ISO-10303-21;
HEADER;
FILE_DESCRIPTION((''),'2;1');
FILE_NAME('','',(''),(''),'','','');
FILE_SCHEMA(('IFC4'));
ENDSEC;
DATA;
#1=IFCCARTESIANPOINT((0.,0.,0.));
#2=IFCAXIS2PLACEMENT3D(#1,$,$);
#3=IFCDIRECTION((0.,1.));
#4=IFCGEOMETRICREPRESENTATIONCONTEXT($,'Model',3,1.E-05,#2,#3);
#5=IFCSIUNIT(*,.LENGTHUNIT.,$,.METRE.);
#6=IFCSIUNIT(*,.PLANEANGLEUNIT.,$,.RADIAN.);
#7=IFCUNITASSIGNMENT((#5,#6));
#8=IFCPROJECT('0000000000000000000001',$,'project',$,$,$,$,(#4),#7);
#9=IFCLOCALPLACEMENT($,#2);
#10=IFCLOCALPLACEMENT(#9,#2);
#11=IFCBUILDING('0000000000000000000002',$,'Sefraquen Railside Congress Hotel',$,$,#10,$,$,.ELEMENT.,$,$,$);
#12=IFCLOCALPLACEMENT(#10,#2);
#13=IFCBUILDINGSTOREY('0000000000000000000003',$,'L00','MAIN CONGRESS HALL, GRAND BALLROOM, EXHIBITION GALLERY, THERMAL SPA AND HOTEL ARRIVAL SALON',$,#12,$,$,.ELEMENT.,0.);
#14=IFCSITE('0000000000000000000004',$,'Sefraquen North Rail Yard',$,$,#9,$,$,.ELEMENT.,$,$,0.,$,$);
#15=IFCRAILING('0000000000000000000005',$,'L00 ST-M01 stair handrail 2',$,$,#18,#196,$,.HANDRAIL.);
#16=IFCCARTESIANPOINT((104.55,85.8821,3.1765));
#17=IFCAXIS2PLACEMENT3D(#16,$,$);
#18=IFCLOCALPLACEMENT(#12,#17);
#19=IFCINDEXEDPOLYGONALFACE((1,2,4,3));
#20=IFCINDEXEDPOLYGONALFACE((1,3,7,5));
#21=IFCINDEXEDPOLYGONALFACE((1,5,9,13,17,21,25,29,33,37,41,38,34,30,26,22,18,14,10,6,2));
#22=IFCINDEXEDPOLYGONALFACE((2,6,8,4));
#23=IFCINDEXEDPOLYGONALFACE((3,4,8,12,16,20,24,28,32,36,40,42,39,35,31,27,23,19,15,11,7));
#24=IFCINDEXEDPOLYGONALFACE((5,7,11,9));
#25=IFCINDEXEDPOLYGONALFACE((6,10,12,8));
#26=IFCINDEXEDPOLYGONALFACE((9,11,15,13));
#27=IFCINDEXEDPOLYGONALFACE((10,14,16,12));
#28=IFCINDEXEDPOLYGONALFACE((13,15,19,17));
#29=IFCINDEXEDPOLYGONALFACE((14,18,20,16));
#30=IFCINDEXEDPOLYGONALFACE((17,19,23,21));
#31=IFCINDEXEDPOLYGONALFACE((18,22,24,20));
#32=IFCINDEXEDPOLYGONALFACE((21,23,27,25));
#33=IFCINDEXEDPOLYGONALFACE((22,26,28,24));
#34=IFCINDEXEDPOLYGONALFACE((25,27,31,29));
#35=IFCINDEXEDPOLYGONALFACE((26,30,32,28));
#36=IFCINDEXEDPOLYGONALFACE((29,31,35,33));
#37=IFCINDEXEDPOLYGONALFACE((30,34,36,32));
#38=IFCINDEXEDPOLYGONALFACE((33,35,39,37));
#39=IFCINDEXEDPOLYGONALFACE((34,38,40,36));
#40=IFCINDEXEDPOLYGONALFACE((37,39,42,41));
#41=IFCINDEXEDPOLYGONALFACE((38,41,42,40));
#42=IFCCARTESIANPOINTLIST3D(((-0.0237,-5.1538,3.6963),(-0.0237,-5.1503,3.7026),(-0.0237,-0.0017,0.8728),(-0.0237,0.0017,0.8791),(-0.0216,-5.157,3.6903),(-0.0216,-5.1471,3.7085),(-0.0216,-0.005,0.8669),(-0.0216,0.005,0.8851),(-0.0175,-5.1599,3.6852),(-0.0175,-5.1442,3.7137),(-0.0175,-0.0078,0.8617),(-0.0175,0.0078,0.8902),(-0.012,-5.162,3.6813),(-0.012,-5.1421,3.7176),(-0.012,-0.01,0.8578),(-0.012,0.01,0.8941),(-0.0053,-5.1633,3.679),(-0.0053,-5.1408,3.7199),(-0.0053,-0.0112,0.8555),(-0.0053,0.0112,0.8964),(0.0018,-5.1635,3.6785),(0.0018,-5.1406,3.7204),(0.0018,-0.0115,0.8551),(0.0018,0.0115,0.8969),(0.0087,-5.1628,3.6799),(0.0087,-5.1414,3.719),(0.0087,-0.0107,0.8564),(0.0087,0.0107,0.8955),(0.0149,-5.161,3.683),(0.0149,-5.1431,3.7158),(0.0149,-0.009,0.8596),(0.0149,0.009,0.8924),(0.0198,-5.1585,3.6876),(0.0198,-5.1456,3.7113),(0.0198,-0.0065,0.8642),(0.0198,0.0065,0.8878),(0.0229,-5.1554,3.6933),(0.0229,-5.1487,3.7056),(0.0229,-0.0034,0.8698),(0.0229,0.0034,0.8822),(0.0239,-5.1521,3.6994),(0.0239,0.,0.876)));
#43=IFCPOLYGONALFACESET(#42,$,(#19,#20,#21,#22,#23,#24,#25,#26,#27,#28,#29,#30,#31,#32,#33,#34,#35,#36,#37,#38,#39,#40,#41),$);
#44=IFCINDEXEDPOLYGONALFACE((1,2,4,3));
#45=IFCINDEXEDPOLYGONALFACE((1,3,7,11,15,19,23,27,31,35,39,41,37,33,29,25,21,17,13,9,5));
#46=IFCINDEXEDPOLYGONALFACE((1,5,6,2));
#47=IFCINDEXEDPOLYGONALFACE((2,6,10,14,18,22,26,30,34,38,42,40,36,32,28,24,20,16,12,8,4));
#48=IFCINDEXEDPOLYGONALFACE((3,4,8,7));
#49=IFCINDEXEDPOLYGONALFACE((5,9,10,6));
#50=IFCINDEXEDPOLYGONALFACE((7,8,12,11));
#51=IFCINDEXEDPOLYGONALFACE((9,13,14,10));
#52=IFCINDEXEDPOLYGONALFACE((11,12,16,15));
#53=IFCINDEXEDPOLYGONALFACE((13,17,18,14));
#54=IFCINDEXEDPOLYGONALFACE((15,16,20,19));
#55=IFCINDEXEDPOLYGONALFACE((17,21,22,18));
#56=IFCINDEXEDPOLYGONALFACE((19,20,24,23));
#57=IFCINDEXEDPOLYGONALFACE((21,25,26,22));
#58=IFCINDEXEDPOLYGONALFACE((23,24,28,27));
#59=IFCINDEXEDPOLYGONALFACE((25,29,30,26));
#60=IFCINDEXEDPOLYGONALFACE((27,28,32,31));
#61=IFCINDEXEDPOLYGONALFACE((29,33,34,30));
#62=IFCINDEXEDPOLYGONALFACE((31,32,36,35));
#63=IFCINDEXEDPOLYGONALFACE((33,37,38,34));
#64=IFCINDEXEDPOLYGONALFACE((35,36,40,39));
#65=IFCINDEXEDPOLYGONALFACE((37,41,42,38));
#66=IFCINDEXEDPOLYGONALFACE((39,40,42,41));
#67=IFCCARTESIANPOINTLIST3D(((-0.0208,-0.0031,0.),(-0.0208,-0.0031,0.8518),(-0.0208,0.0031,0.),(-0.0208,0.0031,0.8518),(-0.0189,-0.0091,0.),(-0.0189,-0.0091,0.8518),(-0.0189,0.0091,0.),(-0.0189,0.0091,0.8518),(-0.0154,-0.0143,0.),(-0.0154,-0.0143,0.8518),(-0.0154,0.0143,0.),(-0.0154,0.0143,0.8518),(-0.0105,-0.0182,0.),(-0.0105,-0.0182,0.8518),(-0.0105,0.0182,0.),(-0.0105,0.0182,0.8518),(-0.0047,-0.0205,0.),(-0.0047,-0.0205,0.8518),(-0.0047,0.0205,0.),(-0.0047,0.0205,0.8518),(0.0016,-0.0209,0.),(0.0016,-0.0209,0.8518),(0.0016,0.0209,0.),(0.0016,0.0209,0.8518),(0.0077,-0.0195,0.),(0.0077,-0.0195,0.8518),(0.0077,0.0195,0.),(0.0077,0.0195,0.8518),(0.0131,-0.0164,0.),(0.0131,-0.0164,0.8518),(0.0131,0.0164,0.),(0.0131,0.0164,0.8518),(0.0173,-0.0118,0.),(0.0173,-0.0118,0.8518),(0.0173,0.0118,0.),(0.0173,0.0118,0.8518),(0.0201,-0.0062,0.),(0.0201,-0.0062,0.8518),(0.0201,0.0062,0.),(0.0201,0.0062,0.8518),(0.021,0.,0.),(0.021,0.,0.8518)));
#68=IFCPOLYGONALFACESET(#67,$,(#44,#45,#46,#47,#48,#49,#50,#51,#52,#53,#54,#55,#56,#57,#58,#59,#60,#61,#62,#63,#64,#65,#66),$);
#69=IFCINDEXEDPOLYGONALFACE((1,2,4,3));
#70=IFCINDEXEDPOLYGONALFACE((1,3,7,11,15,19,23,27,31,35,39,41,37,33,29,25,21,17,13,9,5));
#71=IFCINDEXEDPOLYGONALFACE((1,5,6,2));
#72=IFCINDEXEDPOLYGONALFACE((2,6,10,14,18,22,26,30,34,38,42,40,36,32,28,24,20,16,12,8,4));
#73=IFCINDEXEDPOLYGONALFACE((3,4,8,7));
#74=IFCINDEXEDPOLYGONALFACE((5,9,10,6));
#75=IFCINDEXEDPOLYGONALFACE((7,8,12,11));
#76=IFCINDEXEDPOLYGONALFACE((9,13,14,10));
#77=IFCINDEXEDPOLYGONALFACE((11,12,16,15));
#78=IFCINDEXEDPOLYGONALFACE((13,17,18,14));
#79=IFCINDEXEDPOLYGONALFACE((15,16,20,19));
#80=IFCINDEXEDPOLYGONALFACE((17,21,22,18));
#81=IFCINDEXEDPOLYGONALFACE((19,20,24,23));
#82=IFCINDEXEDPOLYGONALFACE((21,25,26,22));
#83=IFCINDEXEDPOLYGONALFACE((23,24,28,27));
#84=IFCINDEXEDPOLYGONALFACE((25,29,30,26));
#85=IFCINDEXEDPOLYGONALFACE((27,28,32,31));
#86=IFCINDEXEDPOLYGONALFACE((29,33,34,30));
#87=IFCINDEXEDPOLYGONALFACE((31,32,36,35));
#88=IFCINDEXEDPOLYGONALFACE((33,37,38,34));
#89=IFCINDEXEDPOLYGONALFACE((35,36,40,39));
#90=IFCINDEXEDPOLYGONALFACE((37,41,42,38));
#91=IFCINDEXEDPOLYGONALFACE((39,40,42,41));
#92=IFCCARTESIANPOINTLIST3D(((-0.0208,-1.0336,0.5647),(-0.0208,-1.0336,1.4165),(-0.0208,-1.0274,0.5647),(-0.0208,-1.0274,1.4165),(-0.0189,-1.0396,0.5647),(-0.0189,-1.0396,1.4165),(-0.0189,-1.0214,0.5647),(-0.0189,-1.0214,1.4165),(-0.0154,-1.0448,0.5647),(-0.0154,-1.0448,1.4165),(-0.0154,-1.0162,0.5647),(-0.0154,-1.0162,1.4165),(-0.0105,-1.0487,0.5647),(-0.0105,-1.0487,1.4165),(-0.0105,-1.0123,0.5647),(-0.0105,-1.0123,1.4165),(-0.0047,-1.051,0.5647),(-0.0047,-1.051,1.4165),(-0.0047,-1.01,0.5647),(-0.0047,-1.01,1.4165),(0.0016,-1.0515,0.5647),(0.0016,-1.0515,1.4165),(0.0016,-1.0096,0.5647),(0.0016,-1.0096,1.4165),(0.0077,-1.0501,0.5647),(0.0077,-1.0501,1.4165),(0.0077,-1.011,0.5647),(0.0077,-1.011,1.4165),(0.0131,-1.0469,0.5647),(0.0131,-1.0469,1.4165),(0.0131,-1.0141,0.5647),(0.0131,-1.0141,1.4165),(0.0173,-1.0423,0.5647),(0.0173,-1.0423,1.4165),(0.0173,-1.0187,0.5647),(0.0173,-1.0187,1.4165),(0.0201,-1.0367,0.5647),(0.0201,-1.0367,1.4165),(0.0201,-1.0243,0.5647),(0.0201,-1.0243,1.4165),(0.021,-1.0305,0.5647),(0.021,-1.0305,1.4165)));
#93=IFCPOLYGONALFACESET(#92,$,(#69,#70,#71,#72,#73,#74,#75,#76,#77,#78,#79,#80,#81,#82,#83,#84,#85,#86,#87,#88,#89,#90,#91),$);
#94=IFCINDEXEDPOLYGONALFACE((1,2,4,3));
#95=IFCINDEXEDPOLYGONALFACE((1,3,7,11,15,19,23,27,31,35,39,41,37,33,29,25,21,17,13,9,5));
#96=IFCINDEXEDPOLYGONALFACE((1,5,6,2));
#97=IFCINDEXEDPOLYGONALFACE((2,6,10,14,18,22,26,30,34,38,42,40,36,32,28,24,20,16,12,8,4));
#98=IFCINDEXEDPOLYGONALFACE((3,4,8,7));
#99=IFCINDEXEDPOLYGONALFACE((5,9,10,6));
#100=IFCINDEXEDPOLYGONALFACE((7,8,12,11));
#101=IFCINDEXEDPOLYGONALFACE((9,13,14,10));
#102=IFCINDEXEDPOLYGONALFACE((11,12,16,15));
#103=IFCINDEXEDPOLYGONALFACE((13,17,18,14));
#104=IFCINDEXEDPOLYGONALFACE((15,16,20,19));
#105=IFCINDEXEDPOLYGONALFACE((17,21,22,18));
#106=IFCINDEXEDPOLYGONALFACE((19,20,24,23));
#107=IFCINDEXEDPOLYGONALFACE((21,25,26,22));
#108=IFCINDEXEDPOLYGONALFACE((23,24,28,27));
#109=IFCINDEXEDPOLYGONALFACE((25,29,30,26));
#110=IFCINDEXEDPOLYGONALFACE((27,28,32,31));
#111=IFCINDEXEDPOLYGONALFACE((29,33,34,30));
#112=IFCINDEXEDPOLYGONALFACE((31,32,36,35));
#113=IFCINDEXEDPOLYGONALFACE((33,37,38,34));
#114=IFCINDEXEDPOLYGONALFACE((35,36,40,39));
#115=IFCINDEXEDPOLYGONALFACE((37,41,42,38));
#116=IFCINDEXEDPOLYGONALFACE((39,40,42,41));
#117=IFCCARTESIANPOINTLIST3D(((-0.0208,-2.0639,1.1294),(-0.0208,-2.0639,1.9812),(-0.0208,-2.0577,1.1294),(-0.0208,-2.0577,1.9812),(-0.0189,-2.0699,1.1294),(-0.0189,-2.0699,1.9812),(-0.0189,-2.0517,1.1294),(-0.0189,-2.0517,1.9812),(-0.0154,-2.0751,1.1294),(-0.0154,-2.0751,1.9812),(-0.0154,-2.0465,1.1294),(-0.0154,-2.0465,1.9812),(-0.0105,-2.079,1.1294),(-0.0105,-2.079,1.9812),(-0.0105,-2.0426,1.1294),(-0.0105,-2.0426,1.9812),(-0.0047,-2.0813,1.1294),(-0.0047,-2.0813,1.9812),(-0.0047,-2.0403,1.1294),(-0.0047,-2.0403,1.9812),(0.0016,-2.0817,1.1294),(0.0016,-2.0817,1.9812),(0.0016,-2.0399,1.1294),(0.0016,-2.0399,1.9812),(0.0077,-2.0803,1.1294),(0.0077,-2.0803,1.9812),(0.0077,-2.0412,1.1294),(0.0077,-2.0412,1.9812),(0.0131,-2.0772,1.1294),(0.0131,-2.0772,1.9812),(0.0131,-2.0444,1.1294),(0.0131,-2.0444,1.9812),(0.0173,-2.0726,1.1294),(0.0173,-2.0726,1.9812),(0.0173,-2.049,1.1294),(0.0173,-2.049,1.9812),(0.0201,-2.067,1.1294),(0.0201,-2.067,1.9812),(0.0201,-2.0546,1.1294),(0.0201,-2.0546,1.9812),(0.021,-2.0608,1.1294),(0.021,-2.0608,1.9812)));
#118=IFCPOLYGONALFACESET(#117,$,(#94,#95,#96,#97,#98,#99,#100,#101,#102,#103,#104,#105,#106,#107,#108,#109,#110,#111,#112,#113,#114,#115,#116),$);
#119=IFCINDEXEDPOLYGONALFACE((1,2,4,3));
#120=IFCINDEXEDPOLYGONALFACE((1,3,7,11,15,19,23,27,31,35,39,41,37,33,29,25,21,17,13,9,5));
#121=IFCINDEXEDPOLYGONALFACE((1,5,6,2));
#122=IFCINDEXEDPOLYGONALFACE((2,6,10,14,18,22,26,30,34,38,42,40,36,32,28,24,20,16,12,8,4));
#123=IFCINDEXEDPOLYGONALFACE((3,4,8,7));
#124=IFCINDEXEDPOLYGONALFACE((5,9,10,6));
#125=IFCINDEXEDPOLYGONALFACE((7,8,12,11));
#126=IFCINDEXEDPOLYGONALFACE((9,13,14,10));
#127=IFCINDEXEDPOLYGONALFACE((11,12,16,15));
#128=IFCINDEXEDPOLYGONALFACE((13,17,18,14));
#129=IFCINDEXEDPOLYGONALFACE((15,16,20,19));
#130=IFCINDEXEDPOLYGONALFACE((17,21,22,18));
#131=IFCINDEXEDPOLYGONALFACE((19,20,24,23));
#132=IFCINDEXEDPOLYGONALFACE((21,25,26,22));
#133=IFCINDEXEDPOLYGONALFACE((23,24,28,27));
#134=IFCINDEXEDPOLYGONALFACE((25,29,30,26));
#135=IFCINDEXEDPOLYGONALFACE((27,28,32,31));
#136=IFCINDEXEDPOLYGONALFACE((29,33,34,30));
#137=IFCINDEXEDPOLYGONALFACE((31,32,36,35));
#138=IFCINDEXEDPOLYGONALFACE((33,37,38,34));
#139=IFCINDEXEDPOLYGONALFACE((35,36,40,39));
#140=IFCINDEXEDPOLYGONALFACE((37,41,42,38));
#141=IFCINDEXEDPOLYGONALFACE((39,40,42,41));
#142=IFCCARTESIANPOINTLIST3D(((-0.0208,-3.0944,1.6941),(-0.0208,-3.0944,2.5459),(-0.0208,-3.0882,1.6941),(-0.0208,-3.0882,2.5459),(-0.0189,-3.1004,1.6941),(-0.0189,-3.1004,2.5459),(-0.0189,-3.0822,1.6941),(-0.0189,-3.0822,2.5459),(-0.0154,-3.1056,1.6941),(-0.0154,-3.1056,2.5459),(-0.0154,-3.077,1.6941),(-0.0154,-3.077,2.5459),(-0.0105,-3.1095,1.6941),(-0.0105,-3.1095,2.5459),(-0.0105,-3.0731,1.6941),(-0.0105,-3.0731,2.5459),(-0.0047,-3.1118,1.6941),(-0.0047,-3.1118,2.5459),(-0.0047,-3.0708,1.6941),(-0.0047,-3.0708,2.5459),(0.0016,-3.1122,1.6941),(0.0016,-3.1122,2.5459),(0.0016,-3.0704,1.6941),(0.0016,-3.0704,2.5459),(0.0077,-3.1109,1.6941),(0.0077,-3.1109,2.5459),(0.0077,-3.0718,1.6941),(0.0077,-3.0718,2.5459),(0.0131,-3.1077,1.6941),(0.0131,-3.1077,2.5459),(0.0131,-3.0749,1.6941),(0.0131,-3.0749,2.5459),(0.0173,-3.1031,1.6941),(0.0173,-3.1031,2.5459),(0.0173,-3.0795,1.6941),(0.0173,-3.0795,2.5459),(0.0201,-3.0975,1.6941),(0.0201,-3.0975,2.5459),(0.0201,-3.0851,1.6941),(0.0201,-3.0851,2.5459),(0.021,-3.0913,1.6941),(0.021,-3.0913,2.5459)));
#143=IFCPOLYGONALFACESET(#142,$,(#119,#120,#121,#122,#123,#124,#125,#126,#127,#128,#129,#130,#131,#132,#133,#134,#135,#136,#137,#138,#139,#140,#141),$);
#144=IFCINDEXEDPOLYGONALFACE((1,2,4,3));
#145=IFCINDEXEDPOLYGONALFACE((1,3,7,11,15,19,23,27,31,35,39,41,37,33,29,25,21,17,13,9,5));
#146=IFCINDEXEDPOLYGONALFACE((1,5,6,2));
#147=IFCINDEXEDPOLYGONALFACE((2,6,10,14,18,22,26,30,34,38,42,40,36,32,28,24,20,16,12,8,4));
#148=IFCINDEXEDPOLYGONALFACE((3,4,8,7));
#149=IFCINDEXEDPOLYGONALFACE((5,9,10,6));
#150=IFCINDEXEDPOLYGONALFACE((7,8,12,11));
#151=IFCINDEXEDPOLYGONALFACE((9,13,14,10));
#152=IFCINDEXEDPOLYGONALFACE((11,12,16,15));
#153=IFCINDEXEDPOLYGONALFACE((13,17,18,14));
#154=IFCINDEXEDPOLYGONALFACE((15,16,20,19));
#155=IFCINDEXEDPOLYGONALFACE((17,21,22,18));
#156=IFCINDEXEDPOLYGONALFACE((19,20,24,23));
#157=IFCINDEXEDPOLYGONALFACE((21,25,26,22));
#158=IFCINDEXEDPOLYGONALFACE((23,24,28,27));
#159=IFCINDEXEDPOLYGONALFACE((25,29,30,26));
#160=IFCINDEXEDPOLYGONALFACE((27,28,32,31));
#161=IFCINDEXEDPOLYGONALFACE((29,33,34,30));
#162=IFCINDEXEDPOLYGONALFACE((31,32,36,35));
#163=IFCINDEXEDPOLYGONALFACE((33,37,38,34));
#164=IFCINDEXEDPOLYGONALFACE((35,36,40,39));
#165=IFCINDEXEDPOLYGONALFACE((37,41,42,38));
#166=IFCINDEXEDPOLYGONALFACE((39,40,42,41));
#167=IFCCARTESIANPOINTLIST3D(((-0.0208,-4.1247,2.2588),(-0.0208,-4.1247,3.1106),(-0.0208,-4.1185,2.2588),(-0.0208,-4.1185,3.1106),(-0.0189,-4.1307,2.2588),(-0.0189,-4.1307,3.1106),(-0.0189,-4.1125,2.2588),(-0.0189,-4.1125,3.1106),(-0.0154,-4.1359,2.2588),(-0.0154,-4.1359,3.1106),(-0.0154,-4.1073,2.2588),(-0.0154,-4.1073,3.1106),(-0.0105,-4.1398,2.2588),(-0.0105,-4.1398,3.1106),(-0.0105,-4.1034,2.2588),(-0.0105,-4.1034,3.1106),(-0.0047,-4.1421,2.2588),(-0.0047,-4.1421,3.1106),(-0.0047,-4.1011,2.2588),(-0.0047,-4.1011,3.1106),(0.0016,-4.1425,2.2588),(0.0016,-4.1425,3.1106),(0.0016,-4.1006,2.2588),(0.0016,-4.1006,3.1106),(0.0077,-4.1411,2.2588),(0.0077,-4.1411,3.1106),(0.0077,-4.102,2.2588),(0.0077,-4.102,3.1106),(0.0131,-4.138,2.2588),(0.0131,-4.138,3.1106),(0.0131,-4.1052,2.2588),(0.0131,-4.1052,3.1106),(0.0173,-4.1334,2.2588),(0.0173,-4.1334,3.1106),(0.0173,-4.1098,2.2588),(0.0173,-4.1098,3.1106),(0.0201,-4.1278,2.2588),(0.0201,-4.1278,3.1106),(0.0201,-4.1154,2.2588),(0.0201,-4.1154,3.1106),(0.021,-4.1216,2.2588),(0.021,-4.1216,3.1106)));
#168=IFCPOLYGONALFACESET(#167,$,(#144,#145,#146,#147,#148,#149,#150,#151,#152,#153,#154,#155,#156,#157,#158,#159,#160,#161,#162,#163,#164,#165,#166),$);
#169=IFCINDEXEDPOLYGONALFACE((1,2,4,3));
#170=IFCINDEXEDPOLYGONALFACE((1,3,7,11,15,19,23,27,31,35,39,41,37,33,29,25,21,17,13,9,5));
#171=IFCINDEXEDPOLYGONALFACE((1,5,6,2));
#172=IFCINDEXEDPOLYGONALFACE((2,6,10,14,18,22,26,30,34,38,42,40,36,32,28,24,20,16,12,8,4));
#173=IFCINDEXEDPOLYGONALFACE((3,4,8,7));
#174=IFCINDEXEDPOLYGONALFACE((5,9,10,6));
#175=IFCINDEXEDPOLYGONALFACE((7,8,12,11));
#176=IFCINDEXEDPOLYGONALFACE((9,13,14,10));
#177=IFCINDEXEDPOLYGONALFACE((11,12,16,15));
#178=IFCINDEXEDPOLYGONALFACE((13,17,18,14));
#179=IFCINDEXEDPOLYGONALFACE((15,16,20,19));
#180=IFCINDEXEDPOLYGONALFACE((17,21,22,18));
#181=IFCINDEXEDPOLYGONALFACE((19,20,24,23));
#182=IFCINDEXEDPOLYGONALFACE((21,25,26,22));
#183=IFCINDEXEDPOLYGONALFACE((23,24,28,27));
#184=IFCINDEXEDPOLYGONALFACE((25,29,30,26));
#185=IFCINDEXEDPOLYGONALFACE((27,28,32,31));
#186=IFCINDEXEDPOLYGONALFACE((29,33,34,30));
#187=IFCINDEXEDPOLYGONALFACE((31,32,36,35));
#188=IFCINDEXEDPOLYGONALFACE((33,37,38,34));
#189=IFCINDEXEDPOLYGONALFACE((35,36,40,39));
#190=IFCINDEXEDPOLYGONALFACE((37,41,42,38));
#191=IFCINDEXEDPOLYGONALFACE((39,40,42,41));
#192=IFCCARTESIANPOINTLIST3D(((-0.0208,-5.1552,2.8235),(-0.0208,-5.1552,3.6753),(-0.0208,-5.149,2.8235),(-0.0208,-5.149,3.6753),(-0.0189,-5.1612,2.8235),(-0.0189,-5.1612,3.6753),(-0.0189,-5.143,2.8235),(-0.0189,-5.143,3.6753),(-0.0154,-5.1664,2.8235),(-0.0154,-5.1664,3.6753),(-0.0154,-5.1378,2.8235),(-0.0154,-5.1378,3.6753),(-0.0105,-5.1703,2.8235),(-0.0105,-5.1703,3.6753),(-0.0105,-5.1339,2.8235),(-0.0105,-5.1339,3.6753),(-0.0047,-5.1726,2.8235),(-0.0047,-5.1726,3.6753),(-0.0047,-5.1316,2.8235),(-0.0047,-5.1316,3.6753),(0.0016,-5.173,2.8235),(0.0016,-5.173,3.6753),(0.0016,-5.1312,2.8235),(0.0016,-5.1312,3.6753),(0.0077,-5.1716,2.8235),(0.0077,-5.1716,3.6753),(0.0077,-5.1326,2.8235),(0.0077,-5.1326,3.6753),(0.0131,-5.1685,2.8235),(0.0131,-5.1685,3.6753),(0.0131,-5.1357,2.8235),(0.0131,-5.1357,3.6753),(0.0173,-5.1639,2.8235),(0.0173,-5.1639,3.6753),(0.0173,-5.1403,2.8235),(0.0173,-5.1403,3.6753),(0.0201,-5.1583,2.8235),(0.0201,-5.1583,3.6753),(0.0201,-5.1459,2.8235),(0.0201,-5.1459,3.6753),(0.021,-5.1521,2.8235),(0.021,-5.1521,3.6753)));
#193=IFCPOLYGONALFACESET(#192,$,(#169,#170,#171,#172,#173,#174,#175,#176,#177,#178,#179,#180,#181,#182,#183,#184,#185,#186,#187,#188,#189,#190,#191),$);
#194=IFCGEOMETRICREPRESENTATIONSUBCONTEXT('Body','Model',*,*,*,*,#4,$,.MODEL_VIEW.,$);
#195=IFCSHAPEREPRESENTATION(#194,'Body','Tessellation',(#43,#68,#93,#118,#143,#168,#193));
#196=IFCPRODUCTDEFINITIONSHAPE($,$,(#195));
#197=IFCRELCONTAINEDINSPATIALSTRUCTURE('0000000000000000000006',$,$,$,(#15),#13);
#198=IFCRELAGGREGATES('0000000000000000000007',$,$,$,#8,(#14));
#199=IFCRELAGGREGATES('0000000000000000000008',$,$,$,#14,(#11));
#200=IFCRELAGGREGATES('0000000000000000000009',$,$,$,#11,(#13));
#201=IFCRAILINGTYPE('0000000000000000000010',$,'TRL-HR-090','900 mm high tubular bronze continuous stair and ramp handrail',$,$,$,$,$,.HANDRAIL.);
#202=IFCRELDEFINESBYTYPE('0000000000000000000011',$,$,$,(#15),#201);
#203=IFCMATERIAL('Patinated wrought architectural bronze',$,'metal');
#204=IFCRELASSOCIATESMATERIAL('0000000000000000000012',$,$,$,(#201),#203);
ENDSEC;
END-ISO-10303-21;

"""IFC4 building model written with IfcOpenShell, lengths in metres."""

from ifc_helpers import new_model, si_unit, direction, frame, origin, origin_2d, place, context, subcontext, project, spatial, circle, extrude, material, type_object, element, save


model = new_model("IFC4")

# Units and contexts
model_context = context("Model", 3, precision=1e-05, world=origin(), true_north=direction((0.0, 1.0)))
body_context = subcontext(model_context, "Body", "Model", "MODEL_VIEW")
ifc_project = project(units=[si_unit("LENGTHUNIT", "METRE"), si_unit("PLANEANGLEUNIT", "RADIAN")], contexts=[model_context])

# Site, building, storey
site_placement = place(None, origin())
site = spatial("IfcSite", under=ifc_project, at=site_placement, Name="Sefraquen North Rail Yard", CompositionType="ELEMENT", RefElevation=0.0)
building_placement = place(site_placement, origin())
building = spatial("IfcBuilding", under=site, at=building_placement, Name="Sefraquen Railside Congress Hotel", CompositionType="ELEMENT")
storey_placement = place(building_placement, origin())
storey = spatial("IfcBuildingStorey", under=building, at=storey_placement, Name="L00", Description="MAIN CONGRESS HALL, GRAND BALLROOM, EXHIBITION GALLERY, THERMAL SPA AND HOTEL ARRIVAL SALON", CompositionType="ELEMENT", Elevation=0.0)

# Railing
ifc_material_1 = material(Name="Patinated wrought architectural bronze", Category="metal")
railing_type_1 = type_object("IfcRailingType", Name="TRL-HR-090", Description="900 mm high tubular bronze continuous stair and ramp handrail", PredefinedType="HANDRAIL", material=ifc_material_1)
railing_1_placement = place(storey_placement, frame((104.55, 85.8821, 3.1765)))
element("IfcRailing", 1, at=railing_1_placement, inside=storey, type_object=railing_type_1, Name="L00 ST-M01 stair handrail 2", PredefinedType="HANDRAIL", context=body_context, shape_type="SweptSolid", body=[
    extrude(circle(Radius=0.0239, at=origin_2d()), frame((0.0, 0.0, 0.876), z_axis=(0.0, -0.876946, 0.480589), x_axis=(1.0, 0.0, 0.0)), (0.0, 0.0, 1.0), 5.875),
    extrude(circle(Radius=0.021, at=origin_2d()), origin(), (0.0, 0.0, 1.0), 0.8518),
    extrude(circle(Radius=0.021, at=origin_2d()), frame((0.0, -1.0305, 0.5647)), (0.0, 0.0, 1.0), 0.8518),
    extrude(circle(Radius=0.021, at=origin_2d()), frame((0.0, -2.0608, 1.1294)), (0.0, 0.0, 1.0), 0.8518),
    extrude(circle(Radius=0.021, at=origin_2d()), frame((0.0, -3.0913, 1.6941)), (0.0, 0.0, 1.0), 0.8518),
    extrude(circle(Radius=0.021, at=origin_2d()), frame((0.0, -4.1216, 2.2588)), (0.0, 0.0, 1.0), 0.8518),
    extrude(circle(Radius=0.021, at=origin_2d()), frame((0.0, -5.1521, 2.8235)), (0.0, 0.0, 1.0), 0.8518),
])

save(model, "model.ifc")
